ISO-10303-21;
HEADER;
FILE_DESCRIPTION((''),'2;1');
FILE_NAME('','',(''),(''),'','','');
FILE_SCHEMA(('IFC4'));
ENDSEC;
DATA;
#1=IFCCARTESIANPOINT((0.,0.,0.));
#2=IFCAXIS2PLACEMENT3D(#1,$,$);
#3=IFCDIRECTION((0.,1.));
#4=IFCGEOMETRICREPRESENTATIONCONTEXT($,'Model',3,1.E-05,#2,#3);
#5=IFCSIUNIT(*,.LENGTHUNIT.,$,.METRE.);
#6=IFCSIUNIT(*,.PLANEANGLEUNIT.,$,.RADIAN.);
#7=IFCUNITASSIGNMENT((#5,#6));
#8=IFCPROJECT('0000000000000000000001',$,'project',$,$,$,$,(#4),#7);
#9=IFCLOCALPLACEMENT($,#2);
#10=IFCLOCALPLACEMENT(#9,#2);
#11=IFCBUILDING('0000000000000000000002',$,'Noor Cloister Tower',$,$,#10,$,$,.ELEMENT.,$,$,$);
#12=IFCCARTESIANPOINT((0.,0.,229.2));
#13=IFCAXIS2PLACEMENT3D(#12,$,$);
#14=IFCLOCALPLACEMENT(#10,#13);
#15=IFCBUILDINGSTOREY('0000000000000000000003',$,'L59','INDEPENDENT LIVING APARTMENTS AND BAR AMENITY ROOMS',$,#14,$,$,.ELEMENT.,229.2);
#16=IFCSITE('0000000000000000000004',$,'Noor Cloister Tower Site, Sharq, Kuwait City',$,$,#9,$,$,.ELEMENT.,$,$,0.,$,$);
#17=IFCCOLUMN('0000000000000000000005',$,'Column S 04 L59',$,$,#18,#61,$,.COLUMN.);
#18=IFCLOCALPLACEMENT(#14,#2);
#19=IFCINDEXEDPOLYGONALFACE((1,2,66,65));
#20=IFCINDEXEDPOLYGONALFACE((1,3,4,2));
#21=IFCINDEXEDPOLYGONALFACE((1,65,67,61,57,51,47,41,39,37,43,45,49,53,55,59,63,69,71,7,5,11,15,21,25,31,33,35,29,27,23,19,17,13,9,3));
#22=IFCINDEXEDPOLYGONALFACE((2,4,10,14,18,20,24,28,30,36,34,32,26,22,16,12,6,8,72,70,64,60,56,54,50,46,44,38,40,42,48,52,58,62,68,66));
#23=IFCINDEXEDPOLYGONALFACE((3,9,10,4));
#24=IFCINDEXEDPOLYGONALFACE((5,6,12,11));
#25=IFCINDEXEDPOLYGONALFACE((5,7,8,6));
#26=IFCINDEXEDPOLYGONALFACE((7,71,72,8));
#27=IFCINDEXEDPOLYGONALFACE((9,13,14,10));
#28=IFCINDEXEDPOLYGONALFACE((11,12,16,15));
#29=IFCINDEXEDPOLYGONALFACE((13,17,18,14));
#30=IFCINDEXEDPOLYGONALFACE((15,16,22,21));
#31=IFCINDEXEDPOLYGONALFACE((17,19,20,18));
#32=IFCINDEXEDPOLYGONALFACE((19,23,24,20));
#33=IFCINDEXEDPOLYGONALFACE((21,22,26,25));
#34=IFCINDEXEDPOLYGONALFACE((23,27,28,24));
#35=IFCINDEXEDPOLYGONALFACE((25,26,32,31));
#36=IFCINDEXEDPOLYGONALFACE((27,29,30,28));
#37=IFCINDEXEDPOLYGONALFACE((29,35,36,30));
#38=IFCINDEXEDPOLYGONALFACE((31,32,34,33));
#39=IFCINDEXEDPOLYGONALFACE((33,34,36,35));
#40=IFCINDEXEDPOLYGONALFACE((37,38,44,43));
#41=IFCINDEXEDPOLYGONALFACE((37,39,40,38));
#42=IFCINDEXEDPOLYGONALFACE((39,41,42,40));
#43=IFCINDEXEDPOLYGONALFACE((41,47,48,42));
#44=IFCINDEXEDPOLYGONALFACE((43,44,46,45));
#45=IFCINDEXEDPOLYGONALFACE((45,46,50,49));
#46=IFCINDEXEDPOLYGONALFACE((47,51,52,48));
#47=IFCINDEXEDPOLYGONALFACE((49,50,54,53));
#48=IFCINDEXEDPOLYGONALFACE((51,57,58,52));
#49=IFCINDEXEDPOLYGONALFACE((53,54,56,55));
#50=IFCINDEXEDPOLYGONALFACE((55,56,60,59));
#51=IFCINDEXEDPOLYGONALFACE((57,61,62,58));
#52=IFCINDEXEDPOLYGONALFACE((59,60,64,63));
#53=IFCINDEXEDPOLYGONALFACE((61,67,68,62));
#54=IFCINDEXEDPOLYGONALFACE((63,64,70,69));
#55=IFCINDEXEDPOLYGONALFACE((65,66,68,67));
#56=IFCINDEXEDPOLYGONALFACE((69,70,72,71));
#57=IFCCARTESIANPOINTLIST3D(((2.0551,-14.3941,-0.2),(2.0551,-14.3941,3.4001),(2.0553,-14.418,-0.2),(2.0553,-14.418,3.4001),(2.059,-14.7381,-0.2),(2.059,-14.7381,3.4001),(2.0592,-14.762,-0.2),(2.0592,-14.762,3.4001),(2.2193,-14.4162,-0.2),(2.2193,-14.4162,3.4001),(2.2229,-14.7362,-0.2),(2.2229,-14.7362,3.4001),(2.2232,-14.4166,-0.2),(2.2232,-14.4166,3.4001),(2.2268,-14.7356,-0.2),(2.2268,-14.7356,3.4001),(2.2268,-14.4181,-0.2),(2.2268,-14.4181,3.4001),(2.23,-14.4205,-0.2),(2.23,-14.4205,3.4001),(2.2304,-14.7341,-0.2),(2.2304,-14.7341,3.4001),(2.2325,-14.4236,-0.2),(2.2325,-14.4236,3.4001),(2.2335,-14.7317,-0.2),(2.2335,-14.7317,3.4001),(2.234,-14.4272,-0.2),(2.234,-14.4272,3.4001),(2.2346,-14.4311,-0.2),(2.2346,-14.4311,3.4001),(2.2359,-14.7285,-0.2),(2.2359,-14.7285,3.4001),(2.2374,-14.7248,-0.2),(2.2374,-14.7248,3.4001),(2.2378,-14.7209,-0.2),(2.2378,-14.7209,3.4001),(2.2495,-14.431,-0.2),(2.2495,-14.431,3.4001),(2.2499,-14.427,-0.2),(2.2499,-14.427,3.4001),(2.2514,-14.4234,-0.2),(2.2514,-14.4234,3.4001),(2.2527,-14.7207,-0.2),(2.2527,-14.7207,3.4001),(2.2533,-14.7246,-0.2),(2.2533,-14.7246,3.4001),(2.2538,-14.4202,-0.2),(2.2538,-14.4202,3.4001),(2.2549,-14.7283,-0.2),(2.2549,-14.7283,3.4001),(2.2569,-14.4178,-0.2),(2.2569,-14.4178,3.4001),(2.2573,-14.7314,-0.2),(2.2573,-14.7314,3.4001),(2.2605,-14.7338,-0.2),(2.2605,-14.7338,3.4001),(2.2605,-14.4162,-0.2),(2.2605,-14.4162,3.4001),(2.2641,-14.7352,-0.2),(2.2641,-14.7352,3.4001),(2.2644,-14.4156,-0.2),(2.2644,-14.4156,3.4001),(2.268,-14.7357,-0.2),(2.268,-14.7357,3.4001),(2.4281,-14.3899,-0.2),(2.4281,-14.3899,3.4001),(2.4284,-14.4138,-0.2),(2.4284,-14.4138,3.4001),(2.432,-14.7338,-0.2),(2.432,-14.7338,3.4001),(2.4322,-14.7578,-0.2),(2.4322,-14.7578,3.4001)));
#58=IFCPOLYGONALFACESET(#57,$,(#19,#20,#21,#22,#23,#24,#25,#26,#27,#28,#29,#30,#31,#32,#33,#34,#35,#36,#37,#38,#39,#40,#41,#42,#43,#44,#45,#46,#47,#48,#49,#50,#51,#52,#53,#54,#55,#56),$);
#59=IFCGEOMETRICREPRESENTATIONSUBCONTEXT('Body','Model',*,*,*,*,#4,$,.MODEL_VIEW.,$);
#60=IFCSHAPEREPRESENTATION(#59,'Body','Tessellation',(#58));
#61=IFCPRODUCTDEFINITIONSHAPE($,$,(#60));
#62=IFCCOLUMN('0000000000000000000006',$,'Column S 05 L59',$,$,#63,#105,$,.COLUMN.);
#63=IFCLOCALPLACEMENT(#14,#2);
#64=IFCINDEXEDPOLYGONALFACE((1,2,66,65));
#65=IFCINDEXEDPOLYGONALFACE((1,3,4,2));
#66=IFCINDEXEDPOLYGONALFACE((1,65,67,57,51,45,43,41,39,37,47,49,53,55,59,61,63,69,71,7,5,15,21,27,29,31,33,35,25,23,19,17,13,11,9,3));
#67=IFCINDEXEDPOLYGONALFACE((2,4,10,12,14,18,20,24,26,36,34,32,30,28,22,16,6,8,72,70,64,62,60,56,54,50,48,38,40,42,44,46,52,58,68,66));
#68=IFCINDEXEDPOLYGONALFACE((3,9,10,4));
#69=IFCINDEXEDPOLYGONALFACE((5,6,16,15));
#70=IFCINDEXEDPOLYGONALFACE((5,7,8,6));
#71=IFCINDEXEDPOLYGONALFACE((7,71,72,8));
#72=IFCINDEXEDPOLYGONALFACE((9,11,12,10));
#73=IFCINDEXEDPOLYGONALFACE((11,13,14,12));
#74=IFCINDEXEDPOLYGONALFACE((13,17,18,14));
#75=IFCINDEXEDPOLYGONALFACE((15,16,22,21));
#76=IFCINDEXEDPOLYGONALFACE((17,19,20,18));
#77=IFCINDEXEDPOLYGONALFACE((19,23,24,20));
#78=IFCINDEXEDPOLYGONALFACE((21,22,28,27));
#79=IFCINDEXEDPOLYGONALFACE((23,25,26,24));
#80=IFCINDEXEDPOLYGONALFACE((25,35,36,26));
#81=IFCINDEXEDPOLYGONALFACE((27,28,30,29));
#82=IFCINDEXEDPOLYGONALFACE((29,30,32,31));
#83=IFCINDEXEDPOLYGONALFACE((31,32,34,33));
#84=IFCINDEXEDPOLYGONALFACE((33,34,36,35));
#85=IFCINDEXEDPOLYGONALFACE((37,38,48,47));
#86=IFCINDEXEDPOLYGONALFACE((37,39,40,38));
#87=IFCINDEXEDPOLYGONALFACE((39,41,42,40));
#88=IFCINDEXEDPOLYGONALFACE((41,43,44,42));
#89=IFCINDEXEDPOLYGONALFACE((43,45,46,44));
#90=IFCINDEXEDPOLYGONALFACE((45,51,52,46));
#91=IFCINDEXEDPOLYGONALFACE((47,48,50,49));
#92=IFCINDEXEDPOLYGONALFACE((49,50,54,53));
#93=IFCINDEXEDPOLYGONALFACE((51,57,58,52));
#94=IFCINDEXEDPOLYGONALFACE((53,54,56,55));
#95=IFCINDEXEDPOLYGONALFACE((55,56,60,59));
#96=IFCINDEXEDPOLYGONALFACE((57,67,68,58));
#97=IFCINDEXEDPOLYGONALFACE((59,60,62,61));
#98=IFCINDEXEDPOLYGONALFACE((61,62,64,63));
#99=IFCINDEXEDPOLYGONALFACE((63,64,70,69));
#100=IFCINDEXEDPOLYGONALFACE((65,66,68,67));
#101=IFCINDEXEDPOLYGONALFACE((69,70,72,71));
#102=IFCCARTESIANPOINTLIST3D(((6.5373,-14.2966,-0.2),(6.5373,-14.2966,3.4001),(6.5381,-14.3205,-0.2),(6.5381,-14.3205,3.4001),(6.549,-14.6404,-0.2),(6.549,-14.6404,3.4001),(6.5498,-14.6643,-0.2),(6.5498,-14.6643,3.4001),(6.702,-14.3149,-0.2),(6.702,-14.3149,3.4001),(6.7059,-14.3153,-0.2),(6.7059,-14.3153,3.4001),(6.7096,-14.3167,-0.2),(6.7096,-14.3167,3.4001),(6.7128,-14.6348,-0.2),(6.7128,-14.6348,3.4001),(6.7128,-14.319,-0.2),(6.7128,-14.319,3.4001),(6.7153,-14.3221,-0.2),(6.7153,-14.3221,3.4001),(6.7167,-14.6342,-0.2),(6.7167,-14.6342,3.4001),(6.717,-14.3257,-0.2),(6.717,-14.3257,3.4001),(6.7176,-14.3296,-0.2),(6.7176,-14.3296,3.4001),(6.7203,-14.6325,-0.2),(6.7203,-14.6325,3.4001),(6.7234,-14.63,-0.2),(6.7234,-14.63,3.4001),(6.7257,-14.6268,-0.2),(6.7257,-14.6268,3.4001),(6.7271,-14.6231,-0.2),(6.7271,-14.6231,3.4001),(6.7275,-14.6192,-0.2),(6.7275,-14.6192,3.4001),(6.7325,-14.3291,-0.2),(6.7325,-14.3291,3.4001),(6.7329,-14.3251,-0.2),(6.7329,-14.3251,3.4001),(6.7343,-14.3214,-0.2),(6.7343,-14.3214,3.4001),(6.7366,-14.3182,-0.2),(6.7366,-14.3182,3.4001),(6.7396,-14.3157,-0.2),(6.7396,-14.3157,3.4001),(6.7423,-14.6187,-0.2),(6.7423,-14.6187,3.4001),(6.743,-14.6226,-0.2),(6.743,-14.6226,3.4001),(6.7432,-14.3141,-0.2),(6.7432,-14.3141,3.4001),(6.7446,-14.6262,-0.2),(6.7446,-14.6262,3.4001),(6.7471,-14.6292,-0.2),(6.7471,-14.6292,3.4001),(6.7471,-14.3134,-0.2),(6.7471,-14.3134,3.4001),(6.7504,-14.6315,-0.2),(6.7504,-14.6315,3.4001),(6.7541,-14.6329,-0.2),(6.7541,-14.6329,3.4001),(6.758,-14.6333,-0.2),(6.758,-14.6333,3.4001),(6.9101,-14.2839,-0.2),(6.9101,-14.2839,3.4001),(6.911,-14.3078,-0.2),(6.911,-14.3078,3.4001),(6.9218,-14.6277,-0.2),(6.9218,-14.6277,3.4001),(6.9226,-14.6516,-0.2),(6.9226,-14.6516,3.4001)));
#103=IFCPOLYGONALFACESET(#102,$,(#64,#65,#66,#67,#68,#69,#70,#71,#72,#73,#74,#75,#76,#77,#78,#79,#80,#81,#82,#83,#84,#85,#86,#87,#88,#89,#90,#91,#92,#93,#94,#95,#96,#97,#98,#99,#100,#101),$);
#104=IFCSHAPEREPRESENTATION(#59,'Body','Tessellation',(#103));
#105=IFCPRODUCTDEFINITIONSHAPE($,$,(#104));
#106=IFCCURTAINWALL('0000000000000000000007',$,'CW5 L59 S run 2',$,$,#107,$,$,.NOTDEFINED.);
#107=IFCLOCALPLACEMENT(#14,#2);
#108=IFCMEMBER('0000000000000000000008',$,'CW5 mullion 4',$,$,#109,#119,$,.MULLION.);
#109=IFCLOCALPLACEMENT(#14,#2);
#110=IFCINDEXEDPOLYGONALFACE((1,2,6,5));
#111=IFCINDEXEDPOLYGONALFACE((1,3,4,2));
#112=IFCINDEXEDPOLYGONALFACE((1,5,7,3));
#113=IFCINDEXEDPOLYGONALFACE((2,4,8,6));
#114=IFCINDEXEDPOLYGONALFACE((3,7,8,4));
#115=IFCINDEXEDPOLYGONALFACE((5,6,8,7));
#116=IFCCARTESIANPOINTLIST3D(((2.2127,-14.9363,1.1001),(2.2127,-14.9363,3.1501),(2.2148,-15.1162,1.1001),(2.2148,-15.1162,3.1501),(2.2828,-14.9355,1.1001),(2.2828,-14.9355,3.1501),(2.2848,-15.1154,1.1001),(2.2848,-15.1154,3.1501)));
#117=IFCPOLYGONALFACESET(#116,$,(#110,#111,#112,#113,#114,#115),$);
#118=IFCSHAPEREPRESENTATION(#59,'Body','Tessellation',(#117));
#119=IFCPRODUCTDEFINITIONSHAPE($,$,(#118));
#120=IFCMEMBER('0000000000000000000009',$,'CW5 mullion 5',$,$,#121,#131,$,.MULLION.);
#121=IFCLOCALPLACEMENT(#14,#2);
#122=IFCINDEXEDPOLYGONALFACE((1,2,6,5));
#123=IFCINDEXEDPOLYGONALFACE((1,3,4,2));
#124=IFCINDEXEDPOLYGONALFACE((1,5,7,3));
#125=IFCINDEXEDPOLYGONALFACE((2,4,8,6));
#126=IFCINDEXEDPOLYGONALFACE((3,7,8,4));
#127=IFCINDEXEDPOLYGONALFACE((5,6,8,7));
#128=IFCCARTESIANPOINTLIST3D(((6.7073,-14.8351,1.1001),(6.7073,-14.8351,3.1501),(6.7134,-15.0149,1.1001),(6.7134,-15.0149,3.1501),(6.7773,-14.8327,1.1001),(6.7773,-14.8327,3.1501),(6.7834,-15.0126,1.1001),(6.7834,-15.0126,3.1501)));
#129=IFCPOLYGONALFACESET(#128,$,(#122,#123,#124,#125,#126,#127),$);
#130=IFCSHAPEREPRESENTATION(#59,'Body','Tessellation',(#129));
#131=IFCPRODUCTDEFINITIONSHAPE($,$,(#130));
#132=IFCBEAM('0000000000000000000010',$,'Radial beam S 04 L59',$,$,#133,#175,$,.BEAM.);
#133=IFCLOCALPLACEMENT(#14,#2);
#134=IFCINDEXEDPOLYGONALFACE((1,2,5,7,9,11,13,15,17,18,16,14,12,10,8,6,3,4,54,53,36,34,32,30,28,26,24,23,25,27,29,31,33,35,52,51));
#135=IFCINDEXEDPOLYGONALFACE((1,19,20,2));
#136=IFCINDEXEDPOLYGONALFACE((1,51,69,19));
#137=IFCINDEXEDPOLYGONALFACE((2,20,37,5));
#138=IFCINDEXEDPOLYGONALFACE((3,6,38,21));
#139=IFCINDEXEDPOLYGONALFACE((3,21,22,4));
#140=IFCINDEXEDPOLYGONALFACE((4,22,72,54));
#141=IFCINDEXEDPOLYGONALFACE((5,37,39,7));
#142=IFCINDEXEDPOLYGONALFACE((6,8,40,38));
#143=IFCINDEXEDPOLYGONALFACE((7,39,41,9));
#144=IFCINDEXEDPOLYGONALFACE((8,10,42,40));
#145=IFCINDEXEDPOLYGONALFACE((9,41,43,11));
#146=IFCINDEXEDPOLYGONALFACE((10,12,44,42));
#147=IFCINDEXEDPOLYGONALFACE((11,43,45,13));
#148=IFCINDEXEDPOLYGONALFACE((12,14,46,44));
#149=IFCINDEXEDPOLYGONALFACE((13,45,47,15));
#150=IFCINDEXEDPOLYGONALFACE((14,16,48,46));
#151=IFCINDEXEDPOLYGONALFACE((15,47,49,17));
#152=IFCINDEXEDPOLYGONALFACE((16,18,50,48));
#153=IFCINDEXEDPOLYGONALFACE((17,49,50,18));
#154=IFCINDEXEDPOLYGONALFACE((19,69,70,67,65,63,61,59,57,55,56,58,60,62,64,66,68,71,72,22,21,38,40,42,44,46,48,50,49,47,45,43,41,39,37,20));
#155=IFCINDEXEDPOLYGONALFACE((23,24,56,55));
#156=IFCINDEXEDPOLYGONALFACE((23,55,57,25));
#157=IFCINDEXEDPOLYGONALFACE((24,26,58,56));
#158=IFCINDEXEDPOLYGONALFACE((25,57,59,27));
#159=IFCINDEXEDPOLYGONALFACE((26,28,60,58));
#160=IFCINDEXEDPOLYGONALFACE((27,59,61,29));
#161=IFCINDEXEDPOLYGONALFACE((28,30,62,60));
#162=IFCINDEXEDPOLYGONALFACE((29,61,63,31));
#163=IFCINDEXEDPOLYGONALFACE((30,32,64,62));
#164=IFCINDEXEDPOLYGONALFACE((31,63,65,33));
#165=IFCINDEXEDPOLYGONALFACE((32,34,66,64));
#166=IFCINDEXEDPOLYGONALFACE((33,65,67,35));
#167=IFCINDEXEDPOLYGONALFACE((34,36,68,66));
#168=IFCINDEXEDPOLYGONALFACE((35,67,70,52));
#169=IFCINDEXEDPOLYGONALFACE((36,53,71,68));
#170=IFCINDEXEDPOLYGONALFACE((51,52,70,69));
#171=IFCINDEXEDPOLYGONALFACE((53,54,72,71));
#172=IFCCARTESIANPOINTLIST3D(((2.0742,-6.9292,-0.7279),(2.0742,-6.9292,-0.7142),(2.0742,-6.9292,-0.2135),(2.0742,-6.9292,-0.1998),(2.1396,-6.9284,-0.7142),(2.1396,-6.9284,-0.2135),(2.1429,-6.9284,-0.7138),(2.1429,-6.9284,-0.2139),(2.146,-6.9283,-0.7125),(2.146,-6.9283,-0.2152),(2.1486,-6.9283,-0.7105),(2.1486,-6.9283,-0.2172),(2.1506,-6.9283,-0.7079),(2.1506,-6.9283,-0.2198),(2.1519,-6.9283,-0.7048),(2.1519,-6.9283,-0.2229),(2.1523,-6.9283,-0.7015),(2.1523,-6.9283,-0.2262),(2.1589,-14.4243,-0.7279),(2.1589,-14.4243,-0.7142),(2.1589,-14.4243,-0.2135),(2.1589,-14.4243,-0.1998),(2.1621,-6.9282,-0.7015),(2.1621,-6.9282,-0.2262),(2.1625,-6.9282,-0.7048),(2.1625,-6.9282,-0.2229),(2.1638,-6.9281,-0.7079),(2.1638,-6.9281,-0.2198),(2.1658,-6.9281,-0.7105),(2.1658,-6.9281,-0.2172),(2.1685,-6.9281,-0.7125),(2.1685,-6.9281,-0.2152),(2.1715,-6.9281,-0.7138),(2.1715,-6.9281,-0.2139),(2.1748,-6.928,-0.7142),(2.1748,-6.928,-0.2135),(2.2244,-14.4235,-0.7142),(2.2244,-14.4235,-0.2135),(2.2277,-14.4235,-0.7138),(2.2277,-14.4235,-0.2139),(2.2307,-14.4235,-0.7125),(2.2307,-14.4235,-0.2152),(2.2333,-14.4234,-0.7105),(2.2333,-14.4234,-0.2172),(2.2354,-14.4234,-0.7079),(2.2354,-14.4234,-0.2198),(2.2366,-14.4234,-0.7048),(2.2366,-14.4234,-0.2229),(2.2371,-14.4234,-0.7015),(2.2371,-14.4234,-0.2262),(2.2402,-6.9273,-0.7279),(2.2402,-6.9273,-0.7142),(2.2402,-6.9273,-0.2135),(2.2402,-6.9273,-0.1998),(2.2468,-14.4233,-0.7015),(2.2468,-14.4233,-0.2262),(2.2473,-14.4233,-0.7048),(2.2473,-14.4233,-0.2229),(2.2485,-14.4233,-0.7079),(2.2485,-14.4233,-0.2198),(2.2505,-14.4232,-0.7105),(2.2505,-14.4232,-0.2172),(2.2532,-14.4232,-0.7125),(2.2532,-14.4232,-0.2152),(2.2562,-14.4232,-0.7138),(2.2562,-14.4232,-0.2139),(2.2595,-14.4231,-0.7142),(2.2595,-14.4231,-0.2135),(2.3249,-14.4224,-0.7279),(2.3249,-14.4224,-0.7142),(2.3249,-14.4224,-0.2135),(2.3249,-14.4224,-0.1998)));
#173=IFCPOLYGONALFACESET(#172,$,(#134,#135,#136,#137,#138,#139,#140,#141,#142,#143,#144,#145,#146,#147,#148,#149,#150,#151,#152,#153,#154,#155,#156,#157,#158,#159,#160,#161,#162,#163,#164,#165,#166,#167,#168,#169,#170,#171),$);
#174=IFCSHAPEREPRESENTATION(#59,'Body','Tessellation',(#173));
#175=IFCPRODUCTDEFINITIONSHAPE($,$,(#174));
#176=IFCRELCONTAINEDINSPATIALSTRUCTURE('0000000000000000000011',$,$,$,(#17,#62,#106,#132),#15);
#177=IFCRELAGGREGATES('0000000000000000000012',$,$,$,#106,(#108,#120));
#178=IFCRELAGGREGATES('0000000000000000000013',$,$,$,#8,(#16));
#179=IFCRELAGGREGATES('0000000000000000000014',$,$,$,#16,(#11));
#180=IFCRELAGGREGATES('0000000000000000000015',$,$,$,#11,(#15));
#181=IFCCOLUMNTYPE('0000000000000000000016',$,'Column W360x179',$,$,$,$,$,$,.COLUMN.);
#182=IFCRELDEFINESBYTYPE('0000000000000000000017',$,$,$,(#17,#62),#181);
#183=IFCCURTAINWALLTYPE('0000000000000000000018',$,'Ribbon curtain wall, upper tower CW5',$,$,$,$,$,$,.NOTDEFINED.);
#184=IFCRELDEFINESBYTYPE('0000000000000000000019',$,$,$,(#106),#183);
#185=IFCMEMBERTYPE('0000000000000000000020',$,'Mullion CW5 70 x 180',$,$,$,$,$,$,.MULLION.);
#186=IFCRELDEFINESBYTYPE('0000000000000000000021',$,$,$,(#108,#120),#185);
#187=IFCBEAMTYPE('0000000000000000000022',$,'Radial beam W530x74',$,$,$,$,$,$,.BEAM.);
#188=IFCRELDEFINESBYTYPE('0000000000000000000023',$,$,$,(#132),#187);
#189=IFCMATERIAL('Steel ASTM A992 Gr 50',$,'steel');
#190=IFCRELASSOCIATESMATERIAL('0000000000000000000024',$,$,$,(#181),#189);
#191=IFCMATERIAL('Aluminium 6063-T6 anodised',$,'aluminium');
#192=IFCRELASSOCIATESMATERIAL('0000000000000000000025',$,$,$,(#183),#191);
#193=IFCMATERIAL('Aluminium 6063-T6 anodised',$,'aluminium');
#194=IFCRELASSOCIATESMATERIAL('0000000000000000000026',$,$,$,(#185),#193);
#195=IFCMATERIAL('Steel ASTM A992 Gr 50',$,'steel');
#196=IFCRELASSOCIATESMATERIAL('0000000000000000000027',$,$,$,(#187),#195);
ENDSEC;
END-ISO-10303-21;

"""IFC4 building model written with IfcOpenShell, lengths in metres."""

from ifc_helpers import new_model, si_unit, direction, frame, origin, origin_2d, place, context, subcontext, project, spatial, rectangle, i_section, extrude, material, material_profile, profile_set, type_object, element, aggregate, save


model = new_model("IFC4")

# Units and contexts
model_context = context("Model", 3, precision=1e-05, world=origin(), true_north=direction((0.0, 1.0)))
body_context = subcontext(model_context, "Body", "Model", "MODEL_VIEW")
ifc_project = project(units=[si_unit("LENGTHUNIT", "METRE"), si_unit("PLANEANGLEUNIT", "RADIAN")], contexts=[model_context])

# Site, building, storey
site_placement = place(None, origin())
site = spatial("IfcSite", under=ifc_project, at=site_placement, Name="Noor Cloister Tower Site, Sharq, Kuwait City", CompositionType="ELEMENT", RefElevation=0.0)
building_placement = place(site_placement, origin())
building = spatial("IfcBuilding", under=site, at=building_placement, Name="Noor Cloister Tower", CompositionType="ELEMENT")
storey_placement = place(building_placement, frame((0.0, 0.0, 229.2)))
storey = spatial("IfcBuildingStorey", under=building, at=storey_placement, Name="L59", Description="INDEPENDENT LIVING APARTMENTS AND BAR AMENITY ROOMS", CompositionType="ELEMENT", Elevation=229.2)

# Columns
ifc_material_1 = material(Name="Steel ASTM A992 Gr 50", Category="steel")
ifc_material_profile_1 = material_profile(ifc_material_1, i_section(OverallWidth=0.373, OverallDepth=0.3679, WebThickness=0.0149, FlangeThickness=0.0239, FilletRadius=0.0151, at=origin_2d()), Name="W360x179")
ifc_profile_set_1 = profile_set([ifc_material_profile_1], Name="Steel ASTM A992 Gr 50")
column_type = type_object("IfcColumnType", Name="Column W360x179", PredefinedType="COLUMN", material=ifc_profile_set_1)
for number, where, z_axis, x_axis, name in (
    (1, (2.2437, -14.5759, -0.2), (0.0, 0.0, 1.0), (0.999936, 0.011325, 0.0), "Column S 04 L59"),
    (2, (6.73, -14.4741, -0.2), (0.0, 0.0, 1.0), (0.999423, 0.033969, 0.0), "Column S 05 L59"),
):
    element("IfcColumn", number, at=place(storey_placement, frame(where, z_axis=z_axis, x_axis=x_axis)), inside=storey, type_object=column_type, Name=name, PredefinedType="COLUMN", context=body_context, shape_type="SweptSolid", body=[
        extrude(i_section(OverallWidth=0.373, OverallDepth=0.3679, WebThickness=0.0149, FlangeThickness=0.0239, FilletRadius=0.0151, at=origin_2d()), origin(), (0.0, 0.0, 1.0), 3.6001),
    ])

# Curtain wall, members
ifc_material_2 = material(Name="Aluminium 6063-T6 anodised", Category="aluminium")
curtain_wall_type = type_object("IfcCurtainWallType", Name="Ribbon curtain wall, upper tower CW5", PredefinedType="NOTDEFINED", material=ifc_material_2)
curtain_wall_placement = place(storey_placement, origin())
curtain_wall = element("IfcCurtainWall", 3, at=curtain_wall_placement, inside=storey, type_object=curtain_wall_type, Name="CW5 L59 S run 2", PredefinedType="NOTDEFINED")
ifc_material_3 = material(Name="Aluminium 6063-T6 anodised", Category="aluminium")
ifc_material_profile_2 = material_profile(ifc_material_3, rectangle(XDim=0.1799, YDim=0.0701, at=origin_2d()), Name="180 x 70 mullion")
ifc_profile_set_2 = profile_set([ifc_material_profile_2], Name="Aluminium 6063-T6 anodised")
member_type = type_object("IfcMemberType", Name="Mullion CW5 70 x 180", PredefinedType="MULLION", material=ifc_profile_set_2)
member_1_placement = place(storey_placement, frame((2.2488, -15.0259, 1.1001), z_axis=(0.0, 0.0, 1.0), x_axis=(-0.011325, 0.999936, 0.0)))
member_1 = element("IfcMember", 4, at=member_1_placement, type_object=member_type, Name="CW5 mullion 4", PredefinedType="MULLION", context=body_context, shape_type="SweptSolid", body=[
    extrude(rectangle(XDim=0.1799, YDim=0.0701, at=origin_2d()), origin(), (0.0, 0.0, 1.0), 2.05),
])
member_2_placement = place(storey_placement, frame((6.7454, -14.9238, 1.1001), z_axis=(0.0, 0.0, 1.0), x_axis=(-0.033969, 0.999423, 0.0)))
member_2 = element("IfcMember", 5, at=member_2_placement, type_object=member_type, Name="CW5 mullion 5", PredefinedType="MULLION", context=body_context, shape_type="SweptSolid", body=[
    extrude(rectangle(XDim=0.1799, YDim=0.0701, at=origin_2d()), origin(), (0.0, 0.0, 1.0), 2.05),
])

# Beam
ifc_material_4 = material(Name="Steel ASTM A992 Gr 50", Category="steel")
ifc_material_profile_3 = material_profile(ifc_material_4, i_section(OverallWidth=0.166, OverallDepth=0.5281, WebThickness=0.0098, FlangeThickness=0.0137, FilletRadius=0.0127, at=origin_2d()), Name="W530x74")
ifc_profile_set_3 = profile_set([ifc_material_profile_3], Name="Steel ASTM A992 Gr 50")
beam_type_1 = type_object("IfcBeamType", Name="Radial beam W530x74", PredefinedType="BEAM", material=ifc_profile_set_3)
beam_1_placement = place(storey_placement, frame((2.2419, -14.4233, -0.4639), z_axis=(-0.011302, 0.999936, 0.0), x_axis=(-0.999936, -0.011302, 0.0)))
element("IfcBeam", 6, at=beam_1_placement, inside=storey, type_object=beam_type_1, Name="Radial beam S 04 L59", PredefinedType="BEAM", context=body_context, shape_type="SweptSolid", body=[
    extrude(i_section(OverallWidth=0.166, OverallDepth=0.5281, WebThickness=0.0098, FlangeThickness=0.0137, FilletRadius=0.0127, at=origin_2d()), origin(), (0.0, 0.0, 1.0), 7.4956),
])

aggregate(curtain_wall, [member_1, member_2])

save(model, "model.ifc")
